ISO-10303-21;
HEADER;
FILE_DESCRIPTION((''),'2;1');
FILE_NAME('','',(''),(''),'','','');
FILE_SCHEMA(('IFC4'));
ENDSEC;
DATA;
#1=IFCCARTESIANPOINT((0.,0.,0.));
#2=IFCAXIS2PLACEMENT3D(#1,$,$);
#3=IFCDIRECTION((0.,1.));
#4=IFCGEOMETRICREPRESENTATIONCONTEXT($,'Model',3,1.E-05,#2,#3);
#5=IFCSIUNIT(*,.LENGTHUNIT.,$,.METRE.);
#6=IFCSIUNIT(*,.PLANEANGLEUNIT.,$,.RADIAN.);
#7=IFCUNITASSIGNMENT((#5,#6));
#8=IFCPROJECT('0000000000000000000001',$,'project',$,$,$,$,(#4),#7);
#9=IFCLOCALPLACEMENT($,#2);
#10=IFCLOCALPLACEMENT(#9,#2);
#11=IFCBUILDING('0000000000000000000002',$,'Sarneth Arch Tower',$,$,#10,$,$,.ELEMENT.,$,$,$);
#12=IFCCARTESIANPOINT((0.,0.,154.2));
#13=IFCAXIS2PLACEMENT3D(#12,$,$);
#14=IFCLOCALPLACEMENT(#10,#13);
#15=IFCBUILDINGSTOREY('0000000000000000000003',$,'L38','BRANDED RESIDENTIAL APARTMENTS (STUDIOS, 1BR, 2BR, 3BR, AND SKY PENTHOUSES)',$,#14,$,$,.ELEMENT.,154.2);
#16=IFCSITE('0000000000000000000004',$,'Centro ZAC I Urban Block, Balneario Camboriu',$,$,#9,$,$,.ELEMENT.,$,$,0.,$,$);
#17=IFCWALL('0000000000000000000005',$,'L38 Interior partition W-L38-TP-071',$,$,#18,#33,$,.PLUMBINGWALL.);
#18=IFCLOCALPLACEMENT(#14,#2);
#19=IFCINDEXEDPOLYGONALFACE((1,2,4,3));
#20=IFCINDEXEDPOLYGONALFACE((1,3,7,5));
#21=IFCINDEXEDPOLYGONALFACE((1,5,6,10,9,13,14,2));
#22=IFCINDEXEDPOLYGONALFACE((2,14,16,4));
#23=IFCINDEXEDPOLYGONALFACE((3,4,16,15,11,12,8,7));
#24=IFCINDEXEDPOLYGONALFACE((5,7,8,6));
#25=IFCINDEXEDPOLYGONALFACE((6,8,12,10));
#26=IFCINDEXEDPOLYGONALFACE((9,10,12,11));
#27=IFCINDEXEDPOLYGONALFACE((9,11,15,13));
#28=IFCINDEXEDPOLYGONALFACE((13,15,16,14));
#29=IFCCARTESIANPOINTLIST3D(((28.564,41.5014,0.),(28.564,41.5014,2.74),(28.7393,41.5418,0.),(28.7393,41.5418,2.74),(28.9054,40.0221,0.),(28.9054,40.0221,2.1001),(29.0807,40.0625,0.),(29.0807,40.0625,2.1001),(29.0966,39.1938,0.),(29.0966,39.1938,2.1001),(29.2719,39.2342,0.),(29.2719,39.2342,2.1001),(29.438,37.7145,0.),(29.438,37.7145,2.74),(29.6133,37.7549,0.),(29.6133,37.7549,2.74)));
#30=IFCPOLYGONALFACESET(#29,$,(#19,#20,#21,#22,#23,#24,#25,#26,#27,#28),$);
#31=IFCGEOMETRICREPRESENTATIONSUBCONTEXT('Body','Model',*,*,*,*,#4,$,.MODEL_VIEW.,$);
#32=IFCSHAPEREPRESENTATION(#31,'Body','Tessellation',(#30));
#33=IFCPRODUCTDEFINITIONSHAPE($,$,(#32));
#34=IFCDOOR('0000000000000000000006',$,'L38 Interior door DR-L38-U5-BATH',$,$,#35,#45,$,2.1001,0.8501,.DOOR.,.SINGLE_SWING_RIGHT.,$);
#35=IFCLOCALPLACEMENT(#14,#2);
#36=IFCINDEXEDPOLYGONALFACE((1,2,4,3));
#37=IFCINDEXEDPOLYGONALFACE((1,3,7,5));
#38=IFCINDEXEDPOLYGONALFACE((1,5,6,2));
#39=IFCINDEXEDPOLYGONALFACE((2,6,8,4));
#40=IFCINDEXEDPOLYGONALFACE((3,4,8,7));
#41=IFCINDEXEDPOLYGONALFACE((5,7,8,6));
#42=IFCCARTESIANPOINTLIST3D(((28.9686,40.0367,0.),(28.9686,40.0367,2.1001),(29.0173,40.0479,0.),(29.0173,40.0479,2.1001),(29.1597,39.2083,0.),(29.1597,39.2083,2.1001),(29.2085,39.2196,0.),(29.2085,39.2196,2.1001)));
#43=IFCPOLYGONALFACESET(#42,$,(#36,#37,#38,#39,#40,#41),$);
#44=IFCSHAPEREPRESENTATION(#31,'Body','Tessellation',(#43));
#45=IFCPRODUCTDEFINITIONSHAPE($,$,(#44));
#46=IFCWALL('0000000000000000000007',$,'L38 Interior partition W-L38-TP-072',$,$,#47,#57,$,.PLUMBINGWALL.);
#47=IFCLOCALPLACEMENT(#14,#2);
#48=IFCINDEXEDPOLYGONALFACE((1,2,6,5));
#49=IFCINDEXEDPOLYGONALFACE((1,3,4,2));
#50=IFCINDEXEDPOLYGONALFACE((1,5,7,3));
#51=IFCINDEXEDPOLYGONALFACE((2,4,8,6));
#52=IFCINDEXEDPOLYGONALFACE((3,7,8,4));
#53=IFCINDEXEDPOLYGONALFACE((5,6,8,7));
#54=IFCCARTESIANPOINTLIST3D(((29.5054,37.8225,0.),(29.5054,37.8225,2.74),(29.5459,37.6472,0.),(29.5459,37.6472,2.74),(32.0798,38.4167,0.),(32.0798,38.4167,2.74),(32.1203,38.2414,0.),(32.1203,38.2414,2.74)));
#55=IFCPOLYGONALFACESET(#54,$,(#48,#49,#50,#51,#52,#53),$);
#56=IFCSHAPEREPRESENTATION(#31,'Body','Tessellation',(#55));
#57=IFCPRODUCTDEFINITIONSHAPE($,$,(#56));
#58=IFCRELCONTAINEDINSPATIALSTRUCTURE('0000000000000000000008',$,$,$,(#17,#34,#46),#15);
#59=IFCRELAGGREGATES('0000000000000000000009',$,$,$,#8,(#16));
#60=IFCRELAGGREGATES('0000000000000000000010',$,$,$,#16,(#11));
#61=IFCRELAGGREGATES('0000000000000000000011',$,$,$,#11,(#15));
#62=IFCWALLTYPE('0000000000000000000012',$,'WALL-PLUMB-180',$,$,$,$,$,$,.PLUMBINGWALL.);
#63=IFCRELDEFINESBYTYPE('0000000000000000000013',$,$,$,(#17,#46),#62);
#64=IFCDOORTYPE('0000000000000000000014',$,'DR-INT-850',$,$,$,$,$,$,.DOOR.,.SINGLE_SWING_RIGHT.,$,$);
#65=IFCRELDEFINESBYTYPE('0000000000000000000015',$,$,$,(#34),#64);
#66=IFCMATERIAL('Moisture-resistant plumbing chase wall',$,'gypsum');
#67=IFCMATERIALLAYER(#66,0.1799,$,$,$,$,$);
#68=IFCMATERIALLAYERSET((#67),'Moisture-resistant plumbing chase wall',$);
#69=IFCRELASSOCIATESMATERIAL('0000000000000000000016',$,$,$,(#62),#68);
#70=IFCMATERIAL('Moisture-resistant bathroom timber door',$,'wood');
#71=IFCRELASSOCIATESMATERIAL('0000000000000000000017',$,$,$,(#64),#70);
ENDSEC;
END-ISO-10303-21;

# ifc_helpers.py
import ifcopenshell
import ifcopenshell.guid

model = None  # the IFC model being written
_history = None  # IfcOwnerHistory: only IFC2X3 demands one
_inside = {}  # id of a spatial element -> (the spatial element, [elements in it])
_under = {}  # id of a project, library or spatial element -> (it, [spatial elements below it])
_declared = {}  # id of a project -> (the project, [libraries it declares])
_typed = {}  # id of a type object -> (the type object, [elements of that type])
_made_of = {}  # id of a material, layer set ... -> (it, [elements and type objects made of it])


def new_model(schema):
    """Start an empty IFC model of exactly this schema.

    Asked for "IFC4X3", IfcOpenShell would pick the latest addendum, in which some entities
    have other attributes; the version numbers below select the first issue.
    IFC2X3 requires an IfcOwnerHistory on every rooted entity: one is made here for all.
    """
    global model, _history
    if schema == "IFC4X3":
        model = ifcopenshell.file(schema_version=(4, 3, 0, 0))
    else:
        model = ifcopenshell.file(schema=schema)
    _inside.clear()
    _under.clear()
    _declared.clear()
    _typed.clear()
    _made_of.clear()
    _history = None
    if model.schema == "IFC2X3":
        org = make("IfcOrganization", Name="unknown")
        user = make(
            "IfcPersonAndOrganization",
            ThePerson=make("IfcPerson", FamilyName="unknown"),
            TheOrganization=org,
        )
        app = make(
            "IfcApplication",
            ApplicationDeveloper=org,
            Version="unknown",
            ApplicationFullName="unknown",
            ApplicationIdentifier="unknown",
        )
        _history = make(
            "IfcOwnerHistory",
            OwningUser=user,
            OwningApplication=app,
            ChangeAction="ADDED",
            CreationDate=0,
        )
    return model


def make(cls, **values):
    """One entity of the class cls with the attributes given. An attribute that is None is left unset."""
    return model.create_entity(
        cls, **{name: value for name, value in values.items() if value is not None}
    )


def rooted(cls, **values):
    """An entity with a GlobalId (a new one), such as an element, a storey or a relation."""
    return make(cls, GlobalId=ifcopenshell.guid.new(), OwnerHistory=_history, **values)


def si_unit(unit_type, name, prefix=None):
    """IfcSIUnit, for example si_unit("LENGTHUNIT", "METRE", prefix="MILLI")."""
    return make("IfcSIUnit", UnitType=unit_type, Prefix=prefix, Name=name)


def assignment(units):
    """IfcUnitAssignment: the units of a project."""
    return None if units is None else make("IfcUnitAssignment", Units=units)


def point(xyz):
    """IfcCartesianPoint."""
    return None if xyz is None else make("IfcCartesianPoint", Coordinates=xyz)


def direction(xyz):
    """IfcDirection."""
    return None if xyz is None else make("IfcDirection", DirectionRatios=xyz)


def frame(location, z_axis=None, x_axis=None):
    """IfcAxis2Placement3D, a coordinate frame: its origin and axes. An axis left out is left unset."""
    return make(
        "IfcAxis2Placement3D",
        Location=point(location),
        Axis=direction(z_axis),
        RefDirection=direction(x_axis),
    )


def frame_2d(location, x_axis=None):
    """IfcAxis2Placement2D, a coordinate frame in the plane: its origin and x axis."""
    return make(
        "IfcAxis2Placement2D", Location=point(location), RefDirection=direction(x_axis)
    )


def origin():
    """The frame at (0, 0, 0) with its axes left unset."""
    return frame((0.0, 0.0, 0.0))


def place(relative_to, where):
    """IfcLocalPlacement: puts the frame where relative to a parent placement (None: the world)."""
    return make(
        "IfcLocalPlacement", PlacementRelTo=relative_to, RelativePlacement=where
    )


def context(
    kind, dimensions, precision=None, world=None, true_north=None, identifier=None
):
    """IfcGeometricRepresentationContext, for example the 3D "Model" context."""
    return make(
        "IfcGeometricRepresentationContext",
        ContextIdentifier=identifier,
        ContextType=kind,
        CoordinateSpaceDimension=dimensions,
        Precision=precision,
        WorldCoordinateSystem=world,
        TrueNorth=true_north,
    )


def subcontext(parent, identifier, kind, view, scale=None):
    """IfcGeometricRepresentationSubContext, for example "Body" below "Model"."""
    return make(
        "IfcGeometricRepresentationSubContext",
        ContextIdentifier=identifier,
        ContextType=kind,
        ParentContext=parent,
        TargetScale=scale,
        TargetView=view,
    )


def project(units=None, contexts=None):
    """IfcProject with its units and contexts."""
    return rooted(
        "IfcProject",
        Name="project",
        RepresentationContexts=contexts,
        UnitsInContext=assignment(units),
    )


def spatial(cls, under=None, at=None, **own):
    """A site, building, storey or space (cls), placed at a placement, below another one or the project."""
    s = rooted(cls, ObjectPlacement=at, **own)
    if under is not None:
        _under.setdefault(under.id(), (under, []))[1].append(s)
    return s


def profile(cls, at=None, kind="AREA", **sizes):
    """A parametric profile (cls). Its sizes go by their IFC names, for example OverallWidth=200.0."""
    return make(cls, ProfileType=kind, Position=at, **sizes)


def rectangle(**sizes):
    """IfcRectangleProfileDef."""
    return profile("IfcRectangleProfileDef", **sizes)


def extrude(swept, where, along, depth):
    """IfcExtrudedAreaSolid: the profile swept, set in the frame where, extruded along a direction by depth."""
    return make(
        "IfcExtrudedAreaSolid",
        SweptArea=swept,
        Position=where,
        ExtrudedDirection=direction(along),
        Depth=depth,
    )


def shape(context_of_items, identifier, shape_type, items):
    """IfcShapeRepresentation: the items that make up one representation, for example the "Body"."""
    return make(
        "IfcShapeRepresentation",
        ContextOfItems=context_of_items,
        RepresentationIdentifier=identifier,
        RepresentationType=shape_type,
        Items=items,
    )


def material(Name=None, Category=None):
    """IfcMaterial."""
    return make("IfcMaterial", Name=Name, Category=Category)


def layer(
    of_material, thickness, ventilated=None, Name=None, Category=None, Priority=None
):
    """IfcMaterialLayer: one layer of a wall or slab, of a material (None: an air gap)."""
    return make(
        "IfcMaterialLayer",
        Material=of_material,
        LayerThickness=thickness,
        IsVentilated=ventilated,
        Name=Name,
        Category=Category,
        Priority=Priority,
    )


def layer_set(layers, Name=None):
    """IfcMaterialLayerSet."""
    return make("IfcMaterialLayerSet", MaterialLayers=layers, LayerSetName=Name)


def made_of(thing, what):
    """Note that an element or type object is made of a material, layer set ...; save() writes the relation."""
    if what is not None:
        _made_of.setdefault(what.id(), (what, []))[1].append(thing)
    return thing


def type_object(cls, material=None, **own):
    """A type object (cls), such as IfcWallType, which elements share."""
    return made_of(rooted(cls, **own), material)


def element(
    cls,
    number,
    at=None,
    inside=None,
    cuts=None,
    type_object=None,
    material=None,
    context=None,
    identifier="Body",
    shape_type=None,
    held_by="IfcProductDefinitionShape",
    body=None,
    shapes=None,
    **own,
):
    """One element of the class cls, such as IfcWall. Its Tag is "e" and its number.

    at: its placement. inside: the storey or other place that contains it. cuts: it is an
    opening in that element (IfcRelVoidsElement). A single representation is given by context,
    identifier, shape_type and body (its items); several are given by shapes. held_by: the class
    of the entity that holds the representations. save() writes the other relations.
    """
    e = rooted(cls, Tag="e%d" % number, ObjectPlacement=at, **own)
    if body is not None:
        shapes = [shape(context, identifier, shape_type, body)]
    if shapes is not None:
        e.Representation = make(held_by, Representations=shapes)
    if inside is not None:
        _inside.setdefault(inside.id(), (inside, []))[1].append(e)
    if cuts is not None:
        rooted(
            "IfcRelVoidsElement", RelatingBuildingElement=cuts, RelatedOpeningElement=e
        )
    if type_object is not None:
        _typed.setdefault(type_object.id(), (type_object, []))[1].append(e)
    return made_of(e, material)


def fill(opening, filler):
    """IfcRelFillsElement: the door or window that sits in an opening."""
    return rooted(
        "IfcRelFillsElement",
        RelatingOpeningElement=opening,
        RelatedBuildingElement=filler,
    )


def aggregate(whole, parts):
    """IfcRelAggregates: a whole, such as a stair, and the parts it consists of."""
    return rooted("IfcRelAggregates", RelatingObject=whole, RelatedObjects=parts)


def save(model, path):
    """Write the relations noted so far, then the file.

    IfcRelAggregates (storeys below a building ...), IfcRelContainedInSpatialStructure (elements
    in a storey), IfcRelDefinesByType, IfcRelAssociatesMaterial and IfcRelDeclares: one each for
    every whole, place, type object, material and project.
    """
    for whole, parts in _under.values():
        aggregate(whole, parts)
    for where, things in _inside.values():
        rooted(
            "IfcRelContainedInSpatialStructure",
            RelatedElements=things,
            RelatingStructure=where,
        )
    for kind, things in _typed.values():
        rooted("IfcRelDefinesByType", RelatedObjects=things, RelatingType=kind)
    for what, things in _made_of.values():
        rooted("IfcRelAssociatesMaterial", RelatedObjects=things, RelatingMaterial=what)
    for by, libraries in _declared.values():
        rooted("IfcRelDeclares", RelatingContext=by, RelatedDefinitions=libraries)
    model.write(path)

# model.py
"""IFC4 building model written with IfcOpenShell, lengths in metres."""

from ifc_helpers import new_model, si_unit, direction, frame, frame_2d, origin, place, context, subcontext, project, spatial, rectangle, extrude, material, layer, layer_set, type_object, element, fill, save


model = new_model("IFC4")

# Units and contexts
model_context = context("Model", 3, precision=1e-05, world=origin(), true_north=direction((0.0, 1.0)))
body_context = subcontext(model_context, "Body", "Model", "MODEL_VIEW")
ifc_project = project(units=[si_unit("LENGTHUNIT", "METRE"), si_unit("PLANEANGLEUNIT", "RADIAN")], contexts=[model_context])

# Site, building, storey
site_placement = place(None, origin())
site = spatial("IfcSite", under=ifc_project, at=site_placement, Name="Centro ZAC I Urban Block, Balneario Camboriu", CompositionType="ELEMENT", RefElevation=0.0)
building_placement = place(site_placement, origin())
building = spatial("IfcBuilding", under=site, at=building_placement, Name="Sarneth Arch Tower", CompositionType="ELEMENT")
storey_placement = place(building_placement, frame((0.0, 0.0, 154.2)))
storey = spatial("IfcBuildingStorey", under=building, at=storey_placement, Name="L38", Description="BRANDED RESIDENTIAL APARTMENTS (STUDIOS, 1BR, 2BR, 3BR, AND SKY PENTHOUSES)", CompositionType="ELEMENT", Elevation=154.2)

# Wall, opening, door
ifc_material_1 = material(Name="Moisture-resistant plumbing chase wall", Category="gypsum")
ifc_layer_1 = layer(ifc_material_1, 0.1799)
ifc_layer_set_1 = layer_set([ifc_layer_1], Name="Moisture-resistant plumbing chase wall")
wall_type_1 = type_object("IfcWallType", Name="WALL-PLUMB-180", PredefinedType="PLUMBINGWALL", material=ifc_layer_set_1)
wall_1_placement = place(storey_placement, frame((28.6516, 41.5217, 0.0), z_axis=(0.0, 0.0, 1.0), x_axis=(0.224892, -0.974384, 0.0)))
wall_1 = element("IfcWall", 1, at=wall_1_placement, inside=storey, type_object=wall_type_1, Name="L38 Interior partition W-L38-TP-071", PredefinedType="PLUMBINGWALL", context=body_context, shape_type="SweptSolid", body=[
    extrude(rectangle(XDim=3.8865, YDim=0.1799, at=frame_2d((1.9434, 0.0))), origin(), (0.0, 0.0, 1.0), 2.74),
])
opening_1_placement = place(wall_1_placement, frame((1.5183, 0.0, 0.0)))
opening_1 = element("IfcOpeningElement", 2, at=opening_1_placement, cuts=wall_1, PredefinedType="OPENING", context=body_context, shape_type="SweptSolid", body=[
    extrude(rectangle(XDim=0.8501, YDim=2.1001, at=frame_2d((0.425, 1.05))), frame((0.0, 0.0999, 0.0), z_axis=(0.0, -1.0, 0.0), x_axis=(1.0, 0.0, 0.0)), (0.0, 0.0, 1.0), 0.2),
])
ifc_material_2 = material(Name="Moisture-resistant bathroom timber door", Category="wood")
door_type_1 = type_object("IfcDoorType", Name="DR-INT-850", OperationType="SINGLE_SWING_RIGHT", PredefinedType="DOOR", material=ifc_material_2)
door_1_placement = place(opening_1_placement, origin())
door_1 = element("IfcDoor", 3, at=door_1_placement, inside=storey, type_object=door_type_1, Name="L38 Interior door DR-L38-U5-BATH", OperationType="SINGLE_SWING_RIGHT", OverallHeight=2.1001, OverallWidth=0.8501, PredefinedType="DOOR", context=body_context, shape_type="SweptSolid", body=[
    extrude(rectangle(XDim=0.8501, YDim=2.1001, at=frame_2d((0.425, 1.05))), frame((0.0, 0.0249, 0.0), z_axis=(0.0, -1.0, 0.0), x_axis=(1.0, 0.0, 0.0)), (0.0, 0.0, 1.0), 0.05),
])
fill(opening_1, door_1)

# Wall
wall_2_placement = place(storey_placement, frame((29.5256, 37.7349, 0.0), z_axis=(0.0, 0.0, 1.0), x_axis=(0.97438, 0.224907, 0.0)))
element("IfcWall", 4, at=wall_2_placement, inside=storey, type_object=wall_type_1, Name="L38 Interior partition W-L38-TP-072", PredefinedType="PLUMBINGWALL", context=body_context, shape_type="SweptSolid", body=[
    extrude(rectangle(XDim=2.6421, YDim=0.1799, at=frame_2d((1.321, 0.0))), origin(), (0.0, 0.0, 1.0), 2.74),
])

save(model, "model.ifc")
